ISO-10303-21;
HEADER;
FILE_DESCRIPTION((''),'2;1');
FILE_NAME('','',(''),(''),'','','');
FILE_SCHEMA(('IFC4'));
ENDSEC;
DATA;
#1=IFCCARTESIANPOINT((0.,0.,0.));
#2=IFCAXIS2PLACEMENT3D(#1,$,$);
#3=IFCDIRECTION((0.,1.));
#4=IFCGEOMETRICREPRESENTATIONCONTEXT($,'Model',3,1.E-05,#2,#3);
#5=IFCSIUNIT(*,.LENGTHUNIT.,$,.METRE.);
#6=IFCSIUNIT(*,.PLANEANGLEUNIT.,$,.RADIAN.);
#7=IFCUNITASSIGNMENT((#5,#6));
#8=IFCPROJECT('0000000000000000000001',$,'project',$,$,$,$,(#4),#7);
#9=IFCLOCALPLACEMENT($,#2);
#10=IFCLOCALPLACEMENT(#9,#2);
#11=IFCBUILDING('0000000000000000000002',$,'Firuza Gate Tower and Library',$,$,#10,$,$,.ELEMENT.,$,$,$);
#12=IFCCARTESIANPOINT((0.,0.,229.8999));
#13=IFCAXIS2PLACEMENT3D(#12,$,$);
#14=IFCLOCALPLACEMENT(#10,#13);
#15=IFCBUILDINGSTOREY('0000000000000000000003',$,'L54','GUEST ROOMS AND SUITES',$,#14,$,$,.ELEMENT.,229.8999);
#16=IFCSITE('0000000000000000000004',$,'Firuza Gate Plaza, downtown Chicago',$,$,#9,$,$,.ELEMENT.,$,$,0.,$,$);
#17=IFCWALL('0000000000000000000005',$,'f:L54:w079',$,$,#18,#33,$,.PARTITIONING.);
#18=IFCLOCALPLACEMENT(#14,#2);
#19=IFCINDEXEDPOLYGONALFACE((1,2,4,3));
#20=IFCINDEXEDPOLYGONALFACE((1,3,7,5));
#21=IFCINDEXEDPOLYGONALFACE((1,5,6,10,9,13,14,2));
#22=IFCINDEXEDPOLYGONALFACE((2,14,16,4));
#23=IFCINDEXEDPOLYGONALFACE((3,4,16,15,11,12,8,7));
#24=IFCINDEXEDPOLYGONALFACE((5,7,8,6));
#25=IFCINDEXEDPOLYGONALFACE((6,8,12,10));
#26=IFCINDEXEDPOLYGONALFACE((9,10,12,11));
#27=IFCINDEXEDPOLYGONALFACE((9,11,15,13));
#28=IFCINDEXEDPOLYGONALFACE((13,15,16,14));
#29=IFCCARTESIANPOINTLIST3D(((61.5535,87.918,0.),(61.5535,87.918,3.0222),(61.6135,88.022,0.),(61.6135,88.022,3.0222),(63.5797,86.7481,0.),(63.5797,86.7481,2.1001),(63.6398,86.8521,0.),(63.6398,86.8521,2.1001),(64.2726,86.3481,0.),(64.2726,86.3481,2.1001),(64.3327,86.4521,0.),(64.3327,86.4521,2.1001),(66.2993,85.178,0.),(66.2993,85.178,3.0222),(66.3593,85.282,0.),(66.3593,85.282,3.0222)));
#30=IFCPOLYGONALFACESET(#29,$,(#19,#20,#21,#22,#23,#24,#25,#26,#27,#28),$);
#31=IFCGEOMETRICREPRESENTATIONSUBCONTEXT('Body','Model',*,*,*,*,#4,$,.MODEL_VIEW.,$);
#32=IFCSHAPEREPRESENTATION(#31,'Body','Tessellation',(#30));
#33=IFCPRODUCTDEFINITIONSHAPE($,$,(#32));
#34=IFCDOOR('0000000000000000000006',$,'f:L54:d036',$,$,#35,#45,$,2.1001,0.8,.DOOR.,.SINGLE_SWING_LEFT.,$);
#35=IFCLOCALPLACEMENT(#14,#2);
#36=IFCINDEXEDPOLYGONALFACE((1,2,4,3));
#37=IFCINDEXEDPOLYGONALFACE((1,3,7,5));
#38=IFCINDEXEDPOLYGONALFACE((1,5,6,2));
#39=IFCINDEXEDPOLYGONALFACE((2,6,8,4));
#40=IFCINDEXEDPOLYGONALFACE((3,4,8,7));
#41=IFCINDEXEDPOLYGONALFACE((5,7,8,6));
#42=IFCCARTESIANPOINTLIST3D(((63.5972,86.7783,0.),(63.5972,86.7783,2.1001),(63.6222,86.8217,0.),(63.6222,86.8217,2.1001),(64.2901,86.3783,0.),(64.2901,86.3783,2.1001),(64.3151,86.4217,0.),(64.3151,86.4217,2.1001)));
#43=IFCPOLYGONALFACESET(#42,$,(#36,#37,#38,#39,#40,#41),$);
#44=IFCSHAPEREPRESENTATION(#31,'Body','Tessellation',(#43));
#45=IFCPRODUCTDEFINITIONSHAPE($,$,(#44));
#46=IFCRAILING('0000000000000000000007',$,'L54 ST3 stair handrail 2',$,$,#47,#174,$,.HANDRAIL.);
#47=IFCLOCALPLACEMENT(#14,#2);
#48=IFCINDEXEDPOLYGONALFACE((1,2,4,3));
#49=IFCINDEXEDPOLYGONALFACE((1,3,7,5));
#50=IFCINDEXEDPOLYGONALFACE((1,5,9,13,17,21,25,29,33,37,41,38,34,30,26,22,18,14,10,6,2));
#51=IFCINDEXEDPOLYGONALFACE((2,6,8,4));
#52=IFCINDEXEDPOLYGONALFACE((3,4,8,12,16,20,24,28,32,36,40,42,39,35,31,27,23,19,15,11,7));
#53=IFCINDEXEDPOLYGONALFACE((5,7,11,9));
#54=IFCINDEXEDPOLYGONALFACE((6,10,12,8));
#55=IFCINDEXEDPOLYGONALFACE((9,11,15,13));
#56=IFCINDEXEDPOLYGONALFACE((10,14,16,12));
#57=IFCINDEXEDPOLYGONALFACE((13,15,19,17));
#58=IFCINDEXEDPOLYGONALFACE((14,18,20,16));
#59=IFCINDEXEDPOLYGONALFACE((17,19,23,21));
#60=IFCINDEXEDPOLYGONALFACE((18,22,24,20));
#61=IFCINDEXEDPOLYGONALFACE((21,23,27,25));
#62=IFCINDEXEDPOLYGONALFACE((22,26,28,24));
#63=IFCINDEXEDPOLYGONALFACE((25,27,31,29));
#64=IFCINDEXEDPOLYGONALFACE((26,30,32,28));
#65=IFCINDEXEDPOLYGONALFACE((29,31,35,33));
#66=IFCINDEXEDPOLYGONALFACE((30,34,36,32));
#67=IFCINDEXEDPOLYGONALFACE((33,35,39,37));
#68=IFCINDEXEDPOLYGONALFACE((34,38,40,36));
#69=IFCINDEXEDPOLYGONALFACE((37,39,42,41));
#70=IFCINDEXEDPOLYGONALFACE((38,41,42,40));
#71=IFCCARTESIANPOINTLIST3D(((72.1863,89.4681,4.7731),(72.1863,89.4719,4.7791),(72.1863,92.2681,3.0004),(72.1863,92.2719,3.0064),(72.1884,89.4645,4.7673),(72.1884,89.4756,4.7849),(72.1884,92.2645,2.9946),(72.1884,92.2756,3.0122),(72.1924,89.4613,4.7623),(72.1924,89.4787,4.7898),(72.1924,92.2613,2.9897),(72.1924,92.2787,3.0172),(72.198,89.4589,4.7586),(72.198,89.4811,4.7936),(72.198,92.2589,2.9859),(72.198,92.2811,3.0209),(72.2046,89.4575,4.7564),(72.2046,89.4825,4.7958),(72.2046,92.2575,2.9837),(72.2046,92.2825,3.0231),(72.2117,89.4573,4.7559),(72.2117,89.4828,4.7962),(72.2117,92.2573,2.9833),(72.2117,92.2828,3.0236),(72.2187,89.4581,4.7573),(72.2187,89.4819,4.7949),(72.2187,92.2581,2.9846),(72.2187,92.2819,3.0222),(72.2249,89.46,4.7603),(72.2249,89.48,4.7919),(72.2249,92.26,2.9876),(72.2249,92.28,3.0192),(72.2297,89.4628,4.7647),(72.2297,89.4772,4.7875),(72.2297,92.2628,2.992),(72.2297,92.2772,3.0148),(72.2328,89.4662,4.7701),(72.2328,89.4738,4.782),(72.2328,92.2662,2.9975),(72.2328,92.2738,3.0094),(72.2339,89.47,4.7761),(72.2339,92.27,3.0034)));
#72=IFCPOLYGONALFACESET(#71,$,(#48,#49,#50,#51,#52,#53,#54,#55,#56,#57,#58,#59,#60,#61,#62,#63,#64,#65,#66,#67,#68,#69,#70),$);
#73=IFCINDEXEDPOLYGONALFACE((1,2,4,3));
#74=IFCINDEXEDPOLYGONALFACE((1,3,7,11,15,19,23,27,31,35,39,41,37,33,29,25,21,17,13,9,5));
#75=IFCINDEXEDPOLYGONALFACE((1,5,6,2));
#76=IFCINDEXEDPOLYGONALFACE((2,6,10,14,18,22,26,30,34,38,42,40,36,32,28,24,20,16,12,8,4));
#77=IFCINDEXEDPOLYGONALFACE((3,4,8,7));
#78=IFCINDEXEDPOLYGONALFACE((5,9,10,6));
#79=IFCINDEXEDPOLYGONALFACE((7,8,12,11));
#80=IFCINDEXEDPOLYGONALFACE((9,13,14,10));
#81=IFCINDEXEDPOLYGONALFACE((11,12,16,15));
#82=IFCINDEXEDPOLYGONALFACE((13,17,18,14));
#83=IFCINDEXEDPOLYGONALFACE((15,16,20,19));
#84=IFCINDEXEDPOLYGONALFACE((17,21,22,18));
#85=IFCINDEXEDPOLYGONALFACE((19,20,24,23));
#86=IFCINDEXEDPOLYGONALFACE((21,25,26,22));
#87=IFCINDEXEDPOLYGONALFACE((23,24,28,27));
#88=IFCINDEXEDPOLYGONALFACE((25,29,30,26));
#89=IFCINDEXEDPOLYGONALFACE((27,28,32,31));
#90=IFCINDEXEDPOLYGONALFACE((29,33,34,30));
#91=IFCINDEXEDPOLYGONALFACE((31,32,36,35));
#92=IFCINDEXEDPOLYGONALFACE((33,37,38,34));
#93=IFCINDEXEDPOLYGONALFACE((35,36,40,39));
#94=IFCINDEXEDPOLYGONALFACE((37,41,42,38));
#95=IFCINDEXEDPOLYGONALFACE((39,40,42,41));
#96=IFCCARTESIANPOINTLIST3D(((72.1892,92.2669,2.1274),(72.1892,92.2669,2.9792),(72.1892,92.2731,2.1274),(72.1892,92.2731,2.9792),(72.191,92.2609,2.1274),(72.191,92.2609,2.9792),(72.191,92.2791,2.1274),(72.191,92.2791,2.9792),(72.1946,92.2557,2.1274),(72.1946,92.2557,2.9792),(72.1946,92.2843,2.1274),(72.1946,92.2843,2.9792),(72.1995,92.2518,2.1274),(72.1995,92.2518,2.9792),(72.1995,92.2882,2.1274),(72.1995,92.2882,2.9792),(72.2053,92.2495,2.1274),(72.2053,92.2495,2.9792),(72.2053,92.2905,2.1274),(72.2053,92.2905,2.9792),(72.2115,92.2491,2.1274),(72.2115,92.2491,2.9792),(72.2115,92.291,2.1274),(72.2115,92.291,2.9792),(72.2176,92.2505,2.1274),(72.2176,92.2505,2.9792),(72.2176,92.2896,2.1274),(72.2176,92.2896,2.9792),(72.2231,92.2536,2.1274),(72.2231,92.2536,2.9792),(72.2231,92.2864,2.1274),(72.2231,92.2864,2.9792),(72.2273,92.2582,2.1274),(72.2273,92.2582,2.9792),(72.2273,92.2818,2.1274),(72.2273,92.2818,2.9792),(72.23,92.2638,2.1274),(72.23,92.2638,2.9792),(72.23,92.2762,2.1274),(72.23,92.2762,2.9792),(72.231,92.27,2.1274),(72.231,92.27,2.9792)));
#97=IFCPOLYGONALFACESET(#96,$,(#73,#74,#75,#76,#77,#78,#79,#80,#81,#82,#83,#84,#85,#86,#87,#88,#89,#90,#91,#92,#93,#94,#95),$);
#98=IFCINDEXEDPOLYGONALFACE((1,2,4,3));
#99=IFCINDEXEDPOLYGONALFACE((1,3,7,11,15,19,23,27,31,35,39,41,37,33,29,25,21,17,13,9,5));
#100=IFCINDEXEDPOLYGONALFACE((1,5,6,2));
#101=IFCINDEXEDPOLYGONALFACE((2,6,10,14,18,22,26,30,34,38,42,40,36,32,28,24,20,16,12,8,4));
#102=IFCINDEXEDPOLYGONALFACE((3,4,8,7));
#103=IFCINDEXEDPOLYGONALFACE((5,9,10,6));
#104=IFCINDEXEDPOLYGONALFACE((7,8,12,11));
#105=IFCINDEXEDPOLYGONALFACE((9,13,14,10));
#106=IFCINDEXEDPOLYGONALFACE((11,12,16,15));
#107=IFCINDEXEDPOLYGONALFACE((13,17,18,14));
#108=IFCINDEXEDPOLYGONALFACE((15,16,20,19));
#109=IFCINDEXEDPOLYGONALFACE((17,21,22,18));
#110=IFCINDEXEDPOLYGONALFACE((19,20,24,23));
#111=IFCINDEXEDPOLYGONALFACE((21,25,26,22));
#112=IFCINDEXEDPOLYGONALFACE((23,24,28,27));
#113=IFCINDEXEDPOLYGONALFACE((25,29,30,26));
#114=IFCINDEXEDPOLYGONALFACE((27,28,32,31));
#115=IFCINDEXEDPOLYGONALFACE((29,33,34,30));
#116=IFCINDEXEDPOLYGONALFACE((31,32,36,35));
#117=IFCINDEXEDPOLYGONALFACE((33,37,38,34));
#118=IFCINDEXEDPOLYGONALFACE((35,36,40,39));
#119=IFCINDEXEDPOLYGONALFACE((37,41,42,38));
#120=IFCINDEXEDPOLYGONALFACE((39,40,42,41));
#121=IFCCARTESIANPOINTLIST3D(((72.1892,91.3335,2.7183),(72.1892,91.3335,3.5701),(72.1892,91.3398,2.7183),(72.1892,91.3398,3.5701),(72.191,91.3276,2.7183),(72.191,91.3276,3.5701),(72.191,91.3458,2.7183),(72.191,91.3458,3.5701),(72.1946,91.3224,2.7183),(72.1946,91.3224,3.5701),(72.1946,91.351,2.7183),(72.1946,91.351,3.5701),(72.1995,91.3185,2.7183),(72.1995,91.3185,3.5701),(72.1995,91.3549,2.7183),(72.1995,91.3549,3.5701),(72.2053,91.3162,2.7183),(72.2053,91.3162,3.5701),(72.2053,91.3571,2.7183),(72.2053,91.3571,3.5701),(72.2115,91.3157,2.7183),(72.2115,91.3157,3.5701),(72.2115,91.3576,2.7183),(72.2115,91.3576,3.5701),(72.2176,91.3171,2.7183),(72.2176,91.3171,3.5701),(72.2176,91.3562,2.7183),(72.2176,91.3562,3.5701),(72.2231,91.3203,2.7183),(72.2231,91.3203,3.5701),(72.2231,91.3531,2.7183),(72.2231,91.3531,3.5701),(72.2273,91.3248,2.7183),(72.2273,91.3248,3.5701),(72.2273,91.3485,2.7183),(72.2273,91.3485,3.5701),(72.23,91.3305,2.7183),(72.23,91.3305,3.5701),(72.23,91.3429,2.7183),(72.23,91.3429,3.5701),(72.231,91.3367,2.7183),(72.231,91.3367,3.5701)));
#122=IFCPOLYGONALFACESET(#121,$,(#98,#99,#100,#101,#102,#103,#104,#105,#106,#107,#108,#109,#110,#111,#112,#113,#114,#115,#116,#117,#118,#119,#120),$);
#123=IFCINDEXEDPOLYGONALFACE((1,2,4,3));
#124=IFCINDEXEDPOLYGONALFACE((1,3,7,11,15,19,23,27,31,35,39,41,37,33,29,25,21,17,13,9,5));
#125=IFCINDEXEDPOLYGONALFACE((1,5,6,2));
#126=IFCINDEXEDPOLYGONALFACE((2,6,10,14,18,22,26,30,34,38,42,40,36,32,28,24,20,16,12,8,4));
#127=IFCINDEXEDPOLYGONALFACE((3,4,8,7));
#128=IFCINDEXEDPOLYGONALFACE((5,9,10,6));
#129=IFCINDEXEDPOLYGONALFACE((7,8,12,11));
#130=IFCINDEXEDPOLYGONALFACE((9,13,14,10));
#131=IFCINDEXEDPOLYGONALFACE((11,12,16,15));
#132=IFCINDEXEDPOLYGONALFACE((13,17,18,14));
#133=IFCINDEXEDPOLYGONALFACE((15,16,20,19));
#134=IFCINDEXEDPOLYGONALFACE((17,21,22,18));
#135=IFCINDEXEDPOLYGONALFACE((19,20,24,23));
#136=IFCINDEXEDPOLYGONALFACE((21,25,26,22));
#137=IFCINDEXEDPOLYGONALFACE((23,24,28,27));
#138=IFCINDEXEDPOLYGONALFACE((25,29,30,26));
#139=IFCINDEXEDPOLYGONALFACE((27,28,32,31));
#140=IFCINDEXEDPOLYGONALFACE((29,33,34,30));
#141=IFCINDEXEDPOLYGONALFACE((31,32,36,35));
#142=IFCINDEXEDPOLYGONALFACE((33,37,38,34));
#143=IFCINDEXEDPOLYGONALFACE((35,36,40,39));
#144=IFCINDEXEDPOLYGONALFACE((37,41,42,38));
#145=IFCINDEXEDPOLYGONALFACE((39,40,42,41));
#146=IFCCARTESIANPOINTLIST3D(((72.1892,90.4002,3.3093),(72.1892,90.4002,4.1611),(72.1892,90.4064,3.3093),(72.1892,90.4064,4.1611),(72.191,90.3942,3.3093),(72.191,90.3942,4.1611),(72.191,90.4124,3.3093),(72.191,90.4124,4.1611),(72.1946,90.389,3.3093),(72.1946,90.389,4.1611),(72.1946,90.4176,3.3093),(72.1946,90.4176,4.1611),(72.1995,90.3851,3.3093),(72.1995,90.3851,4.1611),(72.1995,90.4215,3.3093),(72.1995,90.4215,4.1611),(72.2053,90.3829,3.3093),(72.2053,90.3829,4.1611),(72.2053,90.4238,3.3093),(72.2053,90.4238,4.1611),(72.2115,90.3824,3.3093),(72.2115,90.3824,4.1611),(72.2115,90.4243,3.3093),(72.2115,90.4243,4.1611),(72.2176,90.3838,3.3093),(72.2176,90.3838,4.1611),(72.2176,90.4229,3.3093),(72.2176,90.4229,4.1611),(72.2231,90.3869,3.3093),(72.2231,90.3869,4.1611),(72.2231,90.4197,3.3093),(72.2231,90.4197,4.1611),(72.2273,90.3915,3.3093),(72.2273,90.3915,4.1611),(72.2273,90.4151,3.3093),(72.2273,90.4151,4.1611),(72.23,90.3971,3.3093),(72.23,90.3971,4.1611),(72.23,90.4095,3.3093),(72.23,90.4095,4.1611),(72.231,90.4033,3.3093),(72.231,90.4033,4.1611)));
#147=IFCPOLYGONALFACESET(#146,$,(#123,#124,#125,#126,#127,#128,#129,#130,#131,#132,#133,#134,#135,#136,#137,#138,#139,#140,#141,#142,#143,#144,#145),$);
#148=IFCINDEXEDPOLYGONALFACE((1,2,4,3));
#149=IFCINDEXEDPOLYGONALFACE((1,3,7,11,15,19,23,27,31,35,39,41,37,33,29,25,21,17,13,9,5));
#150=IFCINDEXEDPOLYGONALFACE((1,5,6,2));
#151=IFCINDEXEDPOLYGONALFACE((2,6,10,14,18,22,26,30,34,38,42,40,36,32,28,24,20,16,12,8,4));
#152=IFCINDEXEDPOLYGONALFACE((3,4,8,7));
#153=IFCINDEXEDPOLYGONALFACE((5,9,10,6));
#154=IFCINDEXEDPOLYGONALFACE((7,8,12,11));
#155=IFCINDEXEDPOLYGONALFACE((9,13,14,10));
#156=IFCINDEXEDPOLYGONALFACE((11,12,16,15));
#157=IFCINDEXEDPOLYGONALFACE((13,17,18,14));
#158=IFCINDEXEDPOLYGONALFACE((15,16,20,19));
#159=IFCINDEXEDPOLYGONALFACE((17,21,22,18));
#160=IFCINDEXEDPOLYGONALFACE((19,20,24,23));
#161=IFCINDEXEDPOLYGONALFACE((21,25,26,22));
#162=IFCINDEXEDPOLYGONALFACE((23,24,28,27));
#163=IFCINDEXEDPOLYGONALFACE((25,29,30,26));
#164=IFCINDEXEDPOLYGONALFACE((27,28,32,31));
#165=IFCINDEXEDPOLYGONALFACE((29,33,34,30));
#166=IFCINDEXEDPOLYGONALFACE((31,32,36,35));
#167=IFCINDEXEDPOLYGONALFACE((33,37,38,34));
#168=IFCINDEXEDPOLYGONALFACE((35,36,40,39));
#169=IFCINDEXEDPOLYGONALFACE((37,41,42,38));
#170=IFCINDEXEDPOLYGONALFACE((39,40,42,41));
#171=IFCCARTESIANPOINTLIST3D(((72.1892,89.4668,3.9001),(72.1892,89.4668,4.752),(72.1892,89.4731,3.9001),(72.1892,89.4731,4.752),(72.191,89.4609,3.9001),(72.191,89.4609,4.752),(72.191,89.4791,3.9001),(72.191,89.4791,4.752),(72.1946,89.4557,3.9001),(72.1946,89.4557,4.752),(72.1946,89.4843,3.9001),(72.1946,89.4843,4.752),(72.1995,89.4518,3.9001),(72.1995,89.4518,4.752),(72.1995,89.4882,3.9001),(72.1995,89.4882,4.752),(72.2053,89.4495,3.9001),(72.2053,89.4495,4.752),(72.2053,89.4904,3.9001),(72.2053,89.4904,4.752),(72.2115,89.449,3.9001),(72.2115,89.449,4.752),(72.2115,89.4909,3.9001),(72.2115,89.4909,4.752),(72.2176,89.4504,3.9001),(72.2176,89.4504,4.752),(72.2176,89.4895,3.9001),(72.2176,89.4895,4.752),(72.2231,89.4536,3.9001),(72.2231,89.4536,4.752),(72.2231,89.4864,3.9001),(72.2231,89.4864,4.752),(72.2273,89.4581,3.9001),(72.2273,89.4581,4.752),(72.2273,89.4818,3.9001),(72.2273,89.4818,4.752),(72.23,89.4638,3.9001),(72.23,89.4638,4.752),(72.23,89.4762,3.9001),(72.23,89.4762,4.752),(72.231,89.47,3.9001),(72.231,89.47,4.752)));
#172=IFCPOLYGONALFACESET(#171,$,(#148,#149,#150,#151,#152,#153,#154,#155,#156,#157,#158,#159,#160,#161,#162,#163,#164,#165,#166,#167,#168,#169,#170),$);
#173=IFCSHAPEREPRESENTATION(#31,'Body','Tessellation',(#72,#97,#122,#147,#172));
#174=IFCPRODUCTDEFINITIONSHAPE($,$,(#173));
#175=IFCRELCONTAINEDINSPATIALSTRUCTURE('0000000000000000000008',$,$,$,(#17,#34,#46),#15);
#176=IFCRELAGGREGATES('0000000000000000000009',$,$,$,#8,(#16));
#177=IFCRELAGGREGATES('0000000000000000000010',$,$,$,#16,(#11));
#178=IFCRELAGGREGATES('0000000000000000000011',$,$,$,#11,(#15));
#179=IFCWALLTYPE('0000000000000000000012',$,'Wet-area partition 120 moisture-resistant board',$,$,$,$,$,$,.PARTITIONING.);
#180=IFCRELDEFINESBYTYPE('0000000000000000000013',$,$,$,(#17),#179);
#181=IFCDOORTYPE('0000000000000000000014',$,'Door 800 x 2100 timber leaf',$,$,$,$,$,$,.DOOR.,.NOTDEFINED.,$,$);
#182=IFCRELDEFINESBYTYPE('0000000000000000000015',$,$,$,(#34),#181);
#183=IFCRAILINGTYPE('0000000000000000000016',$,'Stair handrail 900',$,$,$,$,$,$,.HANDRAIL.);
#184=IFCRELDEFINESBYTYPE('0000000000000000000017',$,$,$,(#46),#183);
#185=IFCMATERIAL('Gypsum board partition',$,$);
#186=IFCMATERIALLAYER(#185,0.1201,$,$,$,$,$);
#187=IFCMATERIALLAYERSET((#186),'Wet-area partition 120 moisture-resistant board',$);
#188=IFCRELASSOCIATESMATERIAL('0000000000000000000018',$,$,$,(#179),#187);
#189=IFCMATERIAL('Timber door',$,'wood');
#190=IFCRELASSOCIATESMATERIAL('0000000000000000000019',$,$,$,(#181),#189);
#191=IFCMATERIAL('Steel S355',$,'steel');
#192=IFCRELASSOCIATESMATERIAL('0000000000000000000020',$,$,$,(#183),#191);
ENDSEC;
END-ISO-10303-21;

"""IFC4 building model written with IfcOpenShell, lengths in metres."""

from ifc_helpers import new_model, si_unit, direction, frame, frame_2d, origin, origin_2d, place, context, subcontext, project, spatial, rectangle, circle, extrude, material, layer, layer_set, type_object, element, fill, save


model = new_model("IFC4")

# Units and contexts
model_context = context("Model", 3, precision=1e-05, world=origin(), true_north=direction((0.0, 1.0)))
body_context = subcontext(model_context, "Body", "Model", "MODEL_VIEW")
ifc_project = project(units=[si_unit("LENGTHUNIT", "METRE"), si_unit("PLANEANGLEUNIT", "RADIAN")], contexts=[model_context])

# Site, building, storey
site_placement = place(None, origin())
site = spatial("IfcSite", under=ifc_project, at=site_placement, Name="Firuza Gate Plaza, downtown Chicago", CompositionType="ELEMENT", RefElevation=0.0)
building_placement = place(site_placement, origin())
building = spatial("IfcBuilding", under=site, at=building_placement, Name="Firuza Gate Tower and Library", CompositionType="ELEMENT")
storey_placement = place(building_placement, frame((0.0, 0.0, 229.8999)))
storey = spatial("IfcBuildingStorey", under=building, at=storey_placement, Name="L54", Description="GUEST ROOMS AND SUITES", CompositionType="ELEMENT", Elevation=229.8999)

# Shared definitions
ifc_material_1 = material(Name="Gypsum board partition")
ifc_layer_1 = layer(ifc_material_1, 0.1201)
ifc_layer_set_1 = layer_set([ifc_layer_1], Name="Wet-area partition 120 moisture-resistant board")
wall_type_1 = type_object("IfcWallType", Name="Wet-area partition 120 moisture-resistant board", PredefinedType="PARTITIONING", material=ifc_layer_set_1)

# Wall, opening, door
wall_1_placement = place(storey_placement, frame((61.5835, 87.97, 0.0), z_axis=(0.0, 0.0, 1.0), x_axis=(0.866028, -0.499996, 0.0)))
wall_1 = element("IfcWall", 1, at=wall_1_placement, inside=storey, type_object=wall_type_1, Name="f:L54:w079", PredefinedType="PARTITIONING", context=body_context, shape_type="SweptSolid", body=[
    extrude(rectangle(XDim=5.48, YDim=0.1201, at=frame_2d((2.74, 0.0))), origin(), (0.0, 0.0, 1.0), 3.0222),
])
opening_1_placement = place(wall_1_placement, frame((2.3398, 0.0, 0.0)))
opening_1 = element("IfcOpeningElement", 2, at=opening_1_placement, cuts=wall_1, PredefinedType="OPENING", context=body_context, shape_type="SweptSolid", body=[
    extrude(rectangle(XDim=0.8, YDim=2.1001, at=frame_2d((0.3999, 1.05))), frame((0.0, 0.0701, 0.0), z_axis=(0.0, -1.0, 0.0), x_axis=(1.0, 0.0, 0.0)), (0.0, 0.0, 1.0), 0.1401),
])
ifc_material_2 = material(Name="Timber door", Category="wood")
door_type_1 = type_object("IfcDoorType", Name="Door 800 x 2100 timber leaf", OperationType="NOTDEFINED", PredefinedType="DOOR", material=ifc_material_2)
door_1_placement = place(opening_1_placement, origin())
door_1 = element("IfcDoor", 3, at=door_1_placement, inside=storey, type_object=door_type_1, Name="f:L54:d036", OperationType="SINGLE_SWING_LEFT", OverallHeight=2.1001, OverallWidth=0.8, PredefinedType="DOOR", context=body_context, shape_type="SweptSolid", body=[
    extrude(rectangle(XDim=0.8, YDim=2.1001, at=frame_2d((0.3999, 1.05))), frame((0.0, 0.0249, 0.0), z_axis=(0.0, -1.0, 0.0), x_axis=(1.0, 0.0, 0.0)), (0.0, 0.0, 1.0), 0.05),
])
fill(opening_1, door_1)

# Railing
ifc_material_3 = material(Name="Steel S355", Category="steel")
railing_type_1 = type_object("IfcRailingType", Name="Stair handrail 900", PredefinedType="HANDRAIL", material=ifc_material_3)
railing_1_placement = place(storey_placement, frame((72.21, 92.27, 2.1274)))
element("IfcRailing", 4, at=railing_1_placement, inside=storey, type_object=railing_type_1, Name="L54 ST3 stair handrail 2", PredefinedType="HANDRAIL", context=body_context, shape_type="SweptSolid", body=[
    extrude(circle(Radius=0.0239, at=origin_2d()), frame((0.0, 0.0, 0.876), z_axis=(0.0, -0.844909, 0.53491), x_axis=(1.0, 0.0, 0.0)), (0.0, 0.0, 1.0), 3.314),
    extrude(circle(Radius=0.021, at=origin_2d()), origin(), (0.0, 0.0, 1.0), 0.8518),
    extrude(circle(Radius=0.021, at=origin_2d()), frame((0.0, -0.9333, 0.5908)), (0.0, 0.0, 1.0), 0.8518),
    extrude(circle(Radius=0.021, at=origin_2d()), frame((0.0, -1.8667, 1.1819)), (0.0, 0.0, 1.0), 0.8518),
    extrude(circle(Radius=0.021, at=origin_2d()), frame((0.0, -2.8, 1.7727)), (0.0, 0.0, 1.0), 0.8518),
])

save(model, "model.ifc")
